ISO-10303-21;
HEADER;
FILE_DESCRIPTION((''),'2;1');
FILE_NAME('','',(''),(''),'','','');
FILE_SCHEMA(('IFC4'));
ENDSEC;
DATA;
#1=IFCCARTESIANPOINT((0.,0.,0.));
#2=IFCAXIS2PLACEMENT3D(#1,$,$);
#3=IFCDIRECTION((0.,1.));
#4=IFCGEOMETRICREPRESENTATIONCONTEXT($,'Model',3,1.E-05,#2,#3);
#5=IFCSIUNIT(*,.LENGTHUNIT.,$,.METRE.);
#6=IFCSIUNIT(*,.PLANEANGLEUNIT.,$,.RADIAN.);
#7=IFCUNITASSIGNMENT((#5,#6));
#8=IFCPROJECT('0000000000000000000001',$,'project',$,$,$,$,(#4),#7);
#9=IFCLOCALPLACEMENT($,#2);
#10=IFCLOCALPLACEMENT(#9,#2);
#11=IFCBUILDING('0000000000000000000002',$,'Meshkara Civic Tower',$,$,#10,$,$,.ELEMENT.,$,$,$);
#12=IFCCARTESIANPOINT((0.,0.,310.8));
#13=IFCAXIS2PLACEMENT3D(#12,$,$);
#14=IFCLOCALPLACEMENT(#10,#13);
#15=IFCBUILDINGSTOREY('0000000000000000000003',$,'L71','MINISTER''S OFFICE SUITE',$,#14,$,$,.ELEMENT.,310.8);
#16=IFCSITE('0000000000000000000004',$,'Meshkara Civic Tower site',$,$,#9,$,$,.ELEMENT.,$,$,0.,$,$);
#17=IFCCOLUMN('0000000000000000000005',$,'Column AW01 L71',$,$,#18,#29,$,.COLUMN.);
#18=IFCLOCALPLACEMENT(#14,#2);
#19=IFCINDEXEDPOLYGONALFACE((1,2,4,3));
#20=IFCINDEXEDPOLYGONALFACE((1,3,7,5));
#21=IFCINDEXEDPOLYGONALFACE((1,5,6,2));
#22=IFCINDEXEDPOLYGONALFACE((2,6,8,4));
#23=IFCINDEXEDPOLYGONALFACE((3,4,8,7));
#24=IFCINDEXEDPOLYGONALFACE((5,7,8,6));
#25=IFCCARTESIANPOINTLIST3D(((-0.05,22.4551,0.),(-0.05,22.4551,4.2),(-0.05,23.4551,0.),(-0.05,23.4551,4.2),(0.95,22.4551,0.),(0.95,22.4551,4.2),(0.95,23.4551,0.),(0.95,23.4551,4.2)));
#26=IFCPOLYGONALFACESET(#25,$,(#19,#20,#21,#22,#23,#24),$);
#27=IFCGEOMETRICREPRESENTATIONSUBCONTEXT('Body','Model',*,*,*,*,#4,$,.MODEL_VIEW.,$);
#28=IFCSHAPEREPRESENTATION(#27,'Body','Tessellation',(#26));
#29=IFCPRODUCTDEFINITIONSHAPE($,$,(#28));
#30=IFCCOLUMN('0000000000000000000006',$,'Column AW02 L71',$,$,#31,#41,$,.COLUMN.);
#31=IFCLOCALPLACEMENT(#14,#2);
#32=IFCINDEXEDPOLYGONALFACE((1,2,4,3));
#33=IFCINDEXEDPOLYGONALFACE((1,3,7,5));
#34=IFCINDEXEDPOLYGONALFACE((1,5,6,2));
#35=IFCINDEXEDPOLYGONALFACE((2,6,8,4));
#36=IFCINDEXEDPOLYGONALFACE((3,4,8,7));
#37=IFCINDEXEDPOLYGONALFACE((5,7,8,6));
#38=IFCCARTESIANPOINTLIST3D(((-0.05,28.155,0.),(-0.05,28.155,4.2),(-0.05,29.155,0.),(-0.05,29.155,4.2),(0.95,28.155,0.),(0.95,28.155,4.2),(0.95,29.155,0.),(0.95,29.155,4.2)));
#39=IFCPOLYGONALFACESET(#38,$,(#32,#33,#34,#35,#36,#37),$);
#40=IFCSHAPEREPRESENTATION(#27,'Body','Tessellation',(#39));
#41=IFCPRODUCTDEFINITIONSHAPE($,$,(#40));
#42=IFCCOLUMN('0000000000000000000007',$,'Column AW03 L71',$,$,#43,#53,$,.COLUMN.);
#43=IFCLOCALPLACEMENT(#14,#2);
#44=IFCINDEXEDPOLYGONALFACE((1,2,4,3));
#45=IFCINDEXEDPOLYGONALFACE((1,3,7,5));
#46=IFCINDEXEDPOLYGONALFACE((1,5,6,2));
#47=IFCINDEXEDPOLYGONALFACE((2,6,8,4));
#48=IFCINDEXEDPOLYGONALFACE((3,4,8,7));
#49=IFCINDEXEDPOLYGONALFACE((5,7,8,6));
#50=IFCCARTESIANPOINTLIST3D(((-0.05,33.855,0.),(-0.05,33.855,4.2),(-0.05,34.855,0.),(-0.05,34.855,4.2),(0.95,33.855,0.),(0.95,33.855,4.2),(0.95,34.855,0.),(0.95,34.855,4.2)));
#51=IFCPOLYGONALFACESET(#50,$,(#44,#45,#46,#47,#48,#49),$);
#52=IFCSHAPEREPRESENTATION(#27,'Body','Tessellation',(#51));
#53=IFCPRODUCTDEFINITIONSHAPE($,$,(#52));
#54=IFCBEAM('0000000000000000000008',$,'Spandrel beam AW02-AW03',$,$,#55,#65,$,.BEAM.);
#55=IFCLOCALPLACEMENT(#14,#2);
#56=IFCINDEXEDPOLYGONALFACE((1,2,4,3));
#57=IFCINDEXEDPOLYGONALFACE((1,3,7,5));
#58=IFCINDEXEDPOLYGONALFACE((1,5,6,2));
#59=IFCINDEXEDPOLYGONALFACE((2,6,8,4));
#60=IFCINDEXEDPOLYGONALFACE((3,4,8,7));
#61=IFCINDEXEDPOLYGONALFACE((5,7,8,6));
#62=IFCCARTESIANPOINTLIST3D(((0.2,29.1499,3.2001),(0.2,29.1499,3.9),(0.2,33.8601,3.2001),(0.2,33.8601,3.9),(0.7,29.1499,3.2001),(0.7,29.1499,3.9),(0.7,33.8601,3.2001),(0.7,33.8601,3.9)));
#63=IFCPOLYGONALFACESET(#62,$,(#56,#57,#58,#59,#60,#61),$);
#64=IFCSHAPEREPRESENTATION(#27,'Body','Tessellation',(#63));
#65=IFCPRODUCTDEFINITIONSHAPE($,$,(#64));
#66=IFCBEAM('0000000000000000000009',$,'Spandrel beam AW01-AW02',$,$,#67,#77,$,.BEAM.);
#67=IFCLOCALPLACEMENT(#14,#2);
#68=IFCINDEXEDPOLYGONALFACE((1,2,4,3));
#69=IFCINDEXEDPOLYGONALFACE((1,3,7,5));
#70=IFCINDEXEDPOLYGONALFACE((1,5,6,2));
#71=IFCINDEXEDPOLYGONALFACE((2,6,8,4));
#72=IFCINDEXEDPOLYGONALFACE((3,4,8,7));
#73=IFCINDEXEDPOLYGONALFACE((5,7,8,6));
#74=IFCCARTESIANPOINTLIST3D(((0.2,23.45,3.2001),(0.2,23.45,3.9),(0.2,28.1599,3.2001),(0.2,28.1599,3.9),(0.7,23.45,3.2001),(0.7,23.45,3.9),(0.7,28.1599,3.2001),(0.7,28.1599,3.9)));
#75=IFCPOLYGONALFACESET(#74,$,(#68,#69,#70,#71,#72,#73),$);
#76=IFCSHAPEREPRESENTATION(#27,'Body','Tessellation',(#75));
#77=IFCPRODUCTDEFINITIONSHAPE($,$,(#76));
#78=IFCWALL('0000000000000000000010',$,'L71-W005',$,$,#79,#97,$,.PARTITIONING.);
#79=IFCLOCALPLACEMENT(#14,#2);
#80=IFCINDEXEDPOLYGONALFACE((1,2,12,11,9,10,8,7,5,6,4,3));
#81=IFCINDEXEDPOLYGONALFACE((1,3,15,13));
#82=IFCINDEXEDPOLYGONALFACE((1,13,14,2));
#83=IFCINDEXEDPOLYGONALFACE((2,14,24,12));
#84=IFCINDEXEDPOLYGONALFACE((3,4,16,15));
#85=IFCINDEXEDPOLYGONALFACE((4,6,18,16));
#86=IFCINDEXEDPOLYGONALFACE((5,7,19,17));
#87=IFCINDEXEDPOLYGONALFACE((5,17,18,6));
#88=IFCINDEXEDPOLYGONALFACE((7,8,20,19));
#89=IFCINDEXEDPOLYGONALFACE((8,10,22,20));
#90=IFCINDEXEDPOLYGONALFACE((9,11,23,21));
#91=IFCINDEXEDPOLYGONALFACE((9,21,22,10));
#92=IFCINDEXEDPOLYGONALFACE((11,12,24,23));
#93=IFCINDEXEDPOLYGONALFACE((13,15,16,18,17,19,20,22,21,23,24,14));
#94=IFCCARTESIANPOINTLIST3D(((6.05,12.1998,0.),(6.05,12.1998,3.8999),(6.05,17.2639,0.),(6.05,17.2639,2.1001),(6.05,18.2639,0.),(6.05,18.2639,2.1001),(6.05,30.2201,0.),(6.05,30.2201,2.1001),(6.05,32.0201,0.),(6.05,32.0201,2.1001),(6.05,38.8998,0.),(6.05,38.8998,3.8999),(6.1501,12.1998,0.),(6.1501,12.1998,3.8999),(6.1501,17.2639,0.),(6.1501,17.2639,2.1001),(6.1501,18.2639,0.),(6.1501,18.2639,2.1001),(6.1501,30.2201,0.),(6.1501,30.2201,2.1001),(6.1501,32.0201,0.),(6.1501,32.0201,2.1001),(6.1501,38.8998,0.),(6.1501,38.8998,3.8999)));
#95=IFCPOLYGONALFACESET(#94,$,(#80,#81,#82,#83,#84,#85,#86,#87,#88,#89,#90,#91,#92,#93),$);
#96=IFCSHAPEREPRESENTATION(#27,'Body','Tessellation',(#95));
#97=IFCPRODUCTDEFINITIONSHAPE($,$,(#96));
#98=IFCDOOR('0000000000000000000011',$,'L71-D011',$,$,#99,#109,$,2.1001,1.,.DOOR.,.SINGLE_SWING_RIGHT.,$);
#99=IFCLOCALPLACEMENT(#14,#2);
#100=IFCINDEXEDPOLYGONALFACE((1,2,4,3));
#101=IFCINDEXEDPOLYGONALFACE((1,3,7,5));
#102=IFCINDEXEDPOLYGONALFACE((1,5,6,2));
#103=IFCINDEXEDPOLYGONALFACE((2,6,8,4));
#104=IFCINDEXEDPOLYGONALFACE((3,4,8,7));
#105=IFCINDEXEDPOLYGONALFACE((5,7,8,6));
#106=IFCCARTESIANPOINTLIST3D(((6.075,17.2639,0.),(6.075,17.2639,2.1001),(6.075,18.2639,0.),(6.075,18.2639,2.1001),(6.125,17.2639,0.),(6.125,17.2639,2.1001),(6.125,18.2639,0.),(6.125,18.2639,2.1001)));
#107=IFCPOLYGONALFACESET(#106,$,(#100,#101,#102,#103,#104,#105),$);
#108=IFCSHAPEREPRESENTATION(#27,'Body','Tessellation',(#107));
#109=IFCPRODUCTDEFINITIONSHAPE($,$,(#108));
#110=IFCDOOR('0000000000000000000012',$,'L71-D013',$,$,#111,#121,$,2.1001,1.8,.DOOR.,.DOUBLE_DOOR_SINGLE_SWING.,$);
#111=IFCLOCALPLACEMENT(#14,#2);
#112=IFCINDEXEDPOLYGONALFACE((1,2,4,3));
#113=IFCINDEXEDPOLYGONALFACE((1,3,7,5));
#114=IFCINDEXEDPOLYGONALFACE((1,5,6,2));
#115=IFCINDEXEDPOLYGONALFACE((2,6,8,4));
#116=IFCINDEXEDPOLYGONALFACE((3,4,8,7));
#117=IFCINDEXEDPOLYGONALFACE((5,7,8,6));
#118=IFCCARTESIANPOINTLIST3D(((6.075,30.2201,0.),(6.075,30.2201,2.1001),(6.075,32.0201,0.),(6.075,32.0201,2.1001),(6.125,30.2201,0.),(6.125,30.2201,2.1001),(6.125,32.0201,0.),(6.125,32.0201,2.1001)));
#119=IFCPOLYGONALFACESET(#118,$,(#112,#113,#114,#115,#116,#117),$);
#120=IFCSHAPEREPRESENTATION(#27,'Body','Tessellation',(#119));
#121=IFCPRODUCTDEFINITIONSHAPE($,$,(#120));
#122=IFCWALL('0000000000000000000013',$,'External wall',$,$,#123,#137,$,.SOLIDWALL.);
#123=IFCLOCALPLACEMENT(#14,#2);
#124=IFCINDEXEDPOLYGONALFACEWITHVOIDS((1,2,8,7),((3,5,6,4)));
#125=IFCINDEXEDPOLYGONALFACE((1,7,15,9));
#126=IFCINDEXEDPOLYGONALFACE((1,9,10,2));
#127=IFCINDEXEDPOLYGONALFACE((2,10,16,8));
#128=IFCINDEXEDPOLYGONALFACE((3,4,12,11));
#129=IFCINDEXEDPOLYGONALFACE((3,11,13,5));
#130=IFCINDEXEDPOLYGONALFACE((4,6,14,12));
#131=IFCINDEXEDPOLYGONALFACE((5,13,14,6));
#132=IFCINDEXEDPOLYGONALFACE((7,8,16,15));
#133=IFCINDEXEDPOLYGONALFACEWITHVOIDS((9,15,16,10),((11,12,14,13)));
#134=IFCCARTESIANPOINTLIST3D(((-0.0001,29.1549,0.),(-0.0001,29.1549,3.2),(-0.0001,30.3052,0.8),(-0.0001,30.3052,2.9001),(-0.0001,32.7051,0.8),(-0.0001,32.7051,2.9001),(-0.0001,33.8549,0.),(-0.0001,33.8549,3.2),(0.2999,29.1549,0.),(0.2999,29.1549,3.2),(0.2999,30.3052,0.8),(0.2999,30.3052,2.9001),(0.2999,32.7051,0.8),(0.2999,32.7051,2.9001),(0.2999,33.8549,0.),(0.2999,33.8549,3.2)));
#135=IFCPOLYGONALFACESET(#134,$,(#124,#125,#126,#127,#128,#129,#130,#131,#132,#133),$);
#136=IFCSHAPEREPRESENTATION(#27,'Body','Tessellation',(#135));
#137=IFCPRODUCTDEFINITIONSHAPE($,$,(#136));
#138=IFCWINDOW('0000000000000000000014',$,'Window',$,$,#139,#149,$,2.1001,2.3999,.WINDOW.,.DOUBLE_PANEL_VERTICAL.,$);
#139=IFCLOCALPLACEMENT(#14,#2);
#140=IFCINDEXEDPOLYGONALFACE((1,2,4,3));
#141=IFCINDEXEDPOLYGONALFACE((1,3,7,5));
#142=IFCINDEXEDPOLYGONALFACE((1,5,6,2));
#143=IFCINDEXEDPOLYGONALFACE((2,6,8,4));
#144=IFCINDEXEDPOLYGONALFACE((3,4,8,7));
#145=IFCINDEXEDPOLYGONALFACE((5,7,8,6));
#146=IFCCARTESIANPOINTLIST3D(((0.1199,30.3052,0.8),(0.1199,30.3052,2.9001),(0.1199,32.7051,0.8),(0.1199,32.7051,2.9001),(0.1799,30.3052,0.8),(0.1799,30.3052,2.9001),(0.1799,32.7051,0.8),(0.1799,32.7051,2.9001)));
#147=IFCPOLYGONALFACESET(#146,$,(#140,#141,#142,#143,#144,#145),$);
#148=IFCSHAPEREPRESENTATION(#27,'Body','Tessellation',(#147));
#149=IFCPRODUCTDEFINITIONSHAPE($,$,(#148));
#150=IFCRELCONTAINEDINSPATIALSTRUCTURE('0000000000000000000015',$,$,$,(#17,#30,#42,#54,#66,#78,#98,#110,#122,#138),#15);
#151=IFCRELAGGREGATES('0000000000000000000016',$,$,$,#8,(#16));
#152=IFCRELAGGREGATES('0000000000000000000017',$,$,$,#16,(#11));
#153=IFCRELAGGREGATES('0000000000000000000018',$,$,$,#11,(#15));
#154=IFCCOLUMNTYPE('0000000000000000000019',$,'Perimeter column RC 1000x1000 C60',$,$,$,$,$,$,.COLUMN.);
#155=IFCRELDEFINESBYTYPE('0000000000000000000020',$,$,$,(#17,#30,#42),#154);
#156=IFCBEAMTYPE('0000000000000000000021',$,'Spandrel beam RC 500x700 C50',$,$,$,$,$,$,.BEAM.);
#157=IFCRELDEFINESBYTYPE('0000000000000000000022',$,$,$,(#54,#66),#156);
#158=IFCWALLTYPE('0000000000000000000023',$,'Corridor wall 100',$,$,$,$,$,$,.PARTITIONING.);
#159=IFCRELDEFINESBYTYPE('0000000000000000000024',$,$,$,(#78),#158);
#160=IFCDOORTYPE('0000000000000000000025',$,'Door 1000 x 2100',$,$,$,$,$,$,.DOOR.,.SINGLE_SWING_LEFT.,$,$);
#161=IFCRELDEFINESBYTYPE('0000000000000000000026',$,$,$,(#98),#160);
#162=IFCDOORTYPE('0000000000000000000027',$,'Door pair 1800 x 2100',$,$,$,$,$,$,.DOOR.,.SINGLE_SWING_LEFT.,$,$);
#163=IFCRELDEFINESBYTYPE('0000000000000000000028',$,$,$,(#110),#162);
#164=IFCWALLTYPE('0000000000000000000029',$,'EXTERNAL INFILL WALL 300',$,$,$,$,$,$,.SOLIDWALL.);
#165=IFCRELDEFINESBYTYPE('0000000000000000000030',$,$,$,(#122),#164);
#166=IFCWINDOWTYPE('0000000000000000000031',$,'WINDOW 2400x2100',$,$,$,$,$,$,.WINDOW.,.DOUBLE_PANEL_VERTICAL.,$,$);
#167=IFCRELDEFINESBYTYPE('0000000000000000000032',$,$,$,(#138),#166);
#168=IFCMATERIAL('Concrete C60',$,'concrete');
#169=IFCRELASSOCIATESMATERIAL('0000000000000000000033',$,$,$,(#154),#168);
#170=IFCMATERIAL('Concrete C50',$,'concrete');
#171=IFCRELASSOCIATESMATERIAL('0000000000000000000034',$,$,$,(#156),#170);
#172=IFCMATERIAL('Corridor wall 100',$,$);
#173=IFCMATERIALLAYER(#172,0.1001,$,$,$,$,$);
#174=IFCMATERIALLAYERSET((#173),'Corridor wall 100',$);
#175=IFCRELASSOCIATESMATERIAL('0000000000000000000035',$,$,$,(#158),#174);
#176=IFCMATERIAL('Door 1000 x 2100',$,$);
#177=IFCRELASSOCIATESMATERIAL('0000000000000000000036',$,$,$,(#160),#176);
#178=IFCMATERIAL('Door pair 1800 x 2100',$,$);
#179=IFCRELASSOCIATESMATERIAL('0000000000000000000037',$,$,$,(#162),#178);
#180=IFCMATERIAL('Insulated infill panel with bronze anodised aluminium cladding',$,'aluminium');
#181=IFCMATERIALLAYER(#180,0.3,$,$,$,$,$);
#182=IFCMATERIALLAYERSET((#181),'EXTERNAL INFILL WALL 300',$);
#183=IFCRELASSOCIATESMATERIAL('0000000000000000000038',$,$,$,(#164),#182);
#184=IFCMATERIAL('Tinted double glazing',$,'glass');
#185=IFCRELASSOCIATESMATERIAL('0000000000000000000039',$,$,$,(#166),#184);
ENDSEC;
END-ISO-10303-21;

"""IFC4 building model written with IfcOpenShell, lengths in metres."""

from ifc_helpers import new_model, si_unit, direction, frame, frame_2d, origin, origin_2d, place, context, subcontext, project, spatial, rectangle, extrude, material, layer, layer_set, material_profile, profile_set, type_object, element, fill, save


model = new_model("IFC4")

# Units and contexts
model_context = context("Model", 3, precision=1e-05, world=origin(), true_north=direction((0.0, 1.0)))
body_context = subcontext(model_context, "Body", "Model", "MODEL_VIEW")
ifc_project = project(units=[si_unit("LENGTHUNIT", "METRE"), si_unit("PLANEANGLEUNIT", "RADIAN")], contexts=[model_context])

# Site, building, storey
site_placement = place(None, origin())
site = spatial("IfcSite", under=ifc_project, at=site_placement, Name="Meshkara Civic Tower site", CompositionType="ELEMENT", RefElevation=0.0)
building_placement = place(site_placement, origin())
building = spatial("IfcBuilding", under=site, at=building_placement, Name="Meshkara Civic Tower", CompositionType="ELEMENT")
storey_placement = place(building_placement, frame((0.0, 0.0, 310.8)))
storey = spatial("IfcBuildingStorey", under=building, at=storey_placement, Name="L71", Description="MINISTER'S OFFICE SUITE", CompositionType="ELEMENT", Elevation=310.8)

# Columns
ifc_material_1 = material(Name="Concrete C60", Category="concrete")
ifc_material_profile_1 = material_profile(ifc_material_1, rectangle(XDim=1.0, YDim=1.0, at=origin_2d()))
ifc_profile_set_1 = profile_set([ifc_material_profile_1], Name="Concrete C60")
column_type = type_object("IfcColumnType", Name="Perimeter column RC 1000x1000 C60", PredefinedType="COLUMN", material=ifc_profile_set_1)
for number, where, z_axis, x_axis, name in (
    (1, (0.45, 22.9551, 0.0), (0.0, 0.0, 1.0), (1.0, 0.0, 0.0), "Column AW01 L71"),
    (2, (0.45, 28.655, 0.0), (0.0, 0.0, 1.0), (1.0, 0.0, 0.0), "Column AW02 L71"),
    (3, (0.45, 34.355, 0.0), (0.0, 0.0, 1.0), (1.0, 0.0, 0.0), "Column AW03 L71"),
):
    element("IfcColumn", number, at=place(storey_placement, frame(where, z_axis=z_axis, x_axis=x_axis)), inside=storey, type_object=column_type, Name=name, PredefinedType="COLUMN", context=body_context, shape_type="SweptSolid", body=[
        extrude(rectangle(XDim=1.0, YDim=1.0, at=origin_2d()), origin(), (0.0, 0.0, 1.0), 4.2),
    ])

# Beams
ifc_material_2 = material(Name="Concrete C50", Category="concrete")
ifc_material_profile_2 = material_profile(ifc_material_2, rectangle(XDim=0.5, YDim=0.7, at=origin_2d()))
ifc_profile_set_2 = profile_set([ifc_material_profile_2], Name="Concrete C50")
beam_type = type_object("IfcBeamType", Name="Spandrel beam RC 500x700 C50", PredefinedType="BEAM", material=ifc_profile_set_2)
beam_1_placement = place(storey_placement, frame((0.45, 33.8601, 3.55), z_axis=(0.0, -1.0, 0.0), x_axis=(1.0, 0.0, 0.0)))
element("IfcBeam", 4, at=beam_1_placement, inside=storey, type_object=beam_type, Name="Spandrel beam AW02-AW03", PredefinedType="BEAM", context=body_context, shape_type="SweptSolid", body=[
    extrude(rectangle(XDim=0.5, YDim=0.7, at=origin_2d()), origin(), (0.0, 0.0, 1.0), 4.7102),
])
beam_2_placement = place(storey_placement, frame((0.45, 28.1599, 3.55), z_axis=(0.0, -1.0, 0.0), x_axis=(1.0, 0.0, 0.0)))
element("IfcBeam", 5, at=beam_2_placement, inside=storey, type_object=beam_type, Name="Spandrel beam AW01-AW02", PredefinedType="BEAM", context=body_context, shape_type="SweptSolid", body=[
    extrude(rectangle(XDim=0.5, YDim=0.7, at=origin_2d()), origin(), (0.0, 0.0, 1.0), 4.71),
])

# Wall, openings, doors
ifc_material_3 = material(Name="Corridor wall 100")
ifc_layer_1 = layer(ifc_material_3, 0.1001)
ifc_layer_set_1 = layer_set([ifc_layer_1], Name="Corridor wall 100")
wall_type_1 = type_object("IfcWallType", Name="Corridor wall 100", PredefinedType="PARTITIONING", material=ifc_layer_set_1)
wall_1_placement = place(storey_placement, frame((6.1001, 38.8999, 0.0), z_axis=(0.0, 0.0, 1.0), x_axis=(0.0, -1.0, 0.0)))
wall_1 = element("IfcWall", 6, at=wall_1_placement, inside=storey, type_object=wall_type_1, Name="L71-W005", PredefinedType="PARTITIONING", context=body_context, shape_type="SweptSolid", body=[
    extrude(rectangle(XDim=26.7, YDim=0.1001, at=frame_2d((13.3501, 0.0))), origin(), (0.0, 0.0, 1.0), 3.8999),
])
opening_1_placement = place(wall_1_placement, frame((20.636, 0.0, 0.0)))
opening_1 = element("IfcOpeningElement", 7, at=opening_1_placement, cuts=wall_1, PredefinedType="OPENING", context=body_context, shape_type="SweptSolid", body=[
    extrude(rectangle(XDim=1.0, YDim=2.1001, at=frame_2d((0.5, 1.05))), frame((0.0, 0.0601, 0.0), z_axis=(0.0, -1.0, 0.0), x_axis=(1.0, 0.0, 0.0)), (0.0, 0.0, 1.0), 0.1201),
])
opening_2_placement = place(wall_1_placement, frame((6.8799, 0.0, 0.0)))
opening_2 = element("IfcOpeningElement", 8, at=opening_2_placement, cuts=wall_1, PredefinedType="OPENING", context=body_context, shape_type="SweptSolid", body=[
    extrude(rectangle(XDim=1.8, YDim=2.1001, at=frame_2d((0.8999, 1.05))), frame((0.0, 0.0601, 0.0), z_axis=(0.0, -1.0, 0.0), x_axis=(1.0, 0.0, 0.0)), (0.0, 0.0, 1.0), 0.1201),
])
ifc_material_4 = material(Name="Door 1000 x 2100")
door_type_1 = type_object("IfcDoorType", Name="Door 1000 x 2100", OperationType="SINGLE_SWING_LEFT", PredefinedType="DOOR", material=ifc_material_4)
door_1_placement = place(opening_1_placement, origin())
door_1 = element("IfcDoor", 9, at=door_1_placement, inside=storey, type_object=door_type_1, Name="L71-D011", OperationType="SINGLE_SWING_RIGHT", OverallHeight=2.1001, OverallWidth=1.0, PredefinedType="DOOR", context=body_context, shape_type="SweptSolid", body=[
    extrude(rectangle(XDim=1.0, YDim=2.1001, at=frame_2d((0.5, 1.05))), frame((0.0, 0.0249, 0.0), z_axis=(0.0, -1.0, 0.0), x_axis=(1.0, 0.0, 0.0)), (0.0, 0.0, 1.0), 0.05),
])
fill(opening_1, door_1)
ifc_material_5 = material(Name="Door pair 1800 x 2100")
door_type_2 = type_object("IfcDoorType", Name="Door pair 1800 x 2100", OperationType="SINGLE_SWING_LEFT", PredefinedType="DOOR", material=ifc_material_5)
door_2_placement = place(opening_2_placement, origin())
door_2 = element("IfcDoor", 10, at=door_2_placement, inside=storey, type_object=door_type_2, Name="L71-D013", OperationType="DOUBLE_DOOR_SINGLE_SWING", OverallHeight=2.1001, OverallWidth=1.8, PredefinedType="DOOR", context=body_context, shape_type="SweptSolid", body=[
    extrude(rectangle(XDim=1.8, YDim=2.1001, at=frame_2d((0.8999, 1.05))), frame((0.0, 0.0249, 0.0), z_axis=(0.0, -1.0, 0.0), x_axis=(1.0, 0.0, 0.0)), (0.0, 0.0, 1.0), 0.05),
])
fill(opening_2, door_2)

# Wall, opening, window
ifc_material_6 = material(Name="Insulated infill panel with bronze anodised aluminium cladding", Category="aluminium")
ifc_layer_2 = layer(ifc_material_6, 0.3)
ifc_layer_set_2 = layer_set([ifc_layer_2], Name="EXTERNAL INFILL WALL 300")
wall_type_2 = type_object("IfcWallType", Name="EXTERNAL INFILL WALL 300", PredefinedType="SOLIDWALL", material=ifc_layer_set_2)
wall_2_placement = place(storey_placement, frame((0.1499, 33.855, 0.0), z_axis=(0.0, 0.0, 1.0), x_axis=(0.0, -1.0, 0.0)))
wall_2 = element("IfcWall", 11, at=wall_2_placement, inside=storey, type_object=wall_type_2, Name="External wall", PredefinedType="SOLIDWALL", context=body_context, shape_type="SweptSolid", body=[
    extrude(rectangle(XDim=4.7, YDim=0.3, at=frame_2d((2.3501, 0.0))), origin(), (0.0, 0.0, 1.0), 3.2),
])
opening_3_placement = place(wall_2_placement, frame((1.1499, 0.0, 0.8)))
opening_3 = element("IfcOpeningElement", 12, at=opening_3_placement, cuts=wall_2, PredefinedType="OPENING", context=body_context, shape_type="SweptSolid", body=[
    extrude(rectangle(XDim=2.3999, YDim=2.1001, at=frame_2d((1.2, 1.05))), frame((0.0, 0.1599, 0.0), z_axis=(0.0, -1.0, 0.0), x_axis=(1.0, 0.0, 0.0)), (0.0, 0.0, 1.0), 0.3201),
])
ifc_material_7 = material(Name="Tinted double glazing", Category="glass")
window_type = type_object("IfcWindowType", Name="WINDOW 2400x2100", PartitioningType="DOUBLE_PANEL_VERTICAL", PredefinedType="WINDOW", material=ifc_material_7)
window_1_placement = place(opening_3_placement, origin())
window_1 = element("IfcWindow", 13, at=window_1_placement, inside=storey, type_object=window_type, Name="Window", OverallHeight=2.1001, OverallWidth=2.3999, PartitioningType="DOUBLE_PANEL_VERTICAL", PredefinedType="WINDOW", context=body_context, shape_type="SweptSolid", body=[
    extrude(rectangle(XDim=2.3999, YDim=2.1001, at=frame_2d((1.2, 1.05))), frame((0.0, 0.03, 0.0), z_axis=(0.0, -1.0, 0.0), x_axis=(1.0, 0.0, 0.0)), (0.0, 0.0, 1.0), 0.0601),
])
fill(opening_3, window_1)

save(model, "model.ifc")
